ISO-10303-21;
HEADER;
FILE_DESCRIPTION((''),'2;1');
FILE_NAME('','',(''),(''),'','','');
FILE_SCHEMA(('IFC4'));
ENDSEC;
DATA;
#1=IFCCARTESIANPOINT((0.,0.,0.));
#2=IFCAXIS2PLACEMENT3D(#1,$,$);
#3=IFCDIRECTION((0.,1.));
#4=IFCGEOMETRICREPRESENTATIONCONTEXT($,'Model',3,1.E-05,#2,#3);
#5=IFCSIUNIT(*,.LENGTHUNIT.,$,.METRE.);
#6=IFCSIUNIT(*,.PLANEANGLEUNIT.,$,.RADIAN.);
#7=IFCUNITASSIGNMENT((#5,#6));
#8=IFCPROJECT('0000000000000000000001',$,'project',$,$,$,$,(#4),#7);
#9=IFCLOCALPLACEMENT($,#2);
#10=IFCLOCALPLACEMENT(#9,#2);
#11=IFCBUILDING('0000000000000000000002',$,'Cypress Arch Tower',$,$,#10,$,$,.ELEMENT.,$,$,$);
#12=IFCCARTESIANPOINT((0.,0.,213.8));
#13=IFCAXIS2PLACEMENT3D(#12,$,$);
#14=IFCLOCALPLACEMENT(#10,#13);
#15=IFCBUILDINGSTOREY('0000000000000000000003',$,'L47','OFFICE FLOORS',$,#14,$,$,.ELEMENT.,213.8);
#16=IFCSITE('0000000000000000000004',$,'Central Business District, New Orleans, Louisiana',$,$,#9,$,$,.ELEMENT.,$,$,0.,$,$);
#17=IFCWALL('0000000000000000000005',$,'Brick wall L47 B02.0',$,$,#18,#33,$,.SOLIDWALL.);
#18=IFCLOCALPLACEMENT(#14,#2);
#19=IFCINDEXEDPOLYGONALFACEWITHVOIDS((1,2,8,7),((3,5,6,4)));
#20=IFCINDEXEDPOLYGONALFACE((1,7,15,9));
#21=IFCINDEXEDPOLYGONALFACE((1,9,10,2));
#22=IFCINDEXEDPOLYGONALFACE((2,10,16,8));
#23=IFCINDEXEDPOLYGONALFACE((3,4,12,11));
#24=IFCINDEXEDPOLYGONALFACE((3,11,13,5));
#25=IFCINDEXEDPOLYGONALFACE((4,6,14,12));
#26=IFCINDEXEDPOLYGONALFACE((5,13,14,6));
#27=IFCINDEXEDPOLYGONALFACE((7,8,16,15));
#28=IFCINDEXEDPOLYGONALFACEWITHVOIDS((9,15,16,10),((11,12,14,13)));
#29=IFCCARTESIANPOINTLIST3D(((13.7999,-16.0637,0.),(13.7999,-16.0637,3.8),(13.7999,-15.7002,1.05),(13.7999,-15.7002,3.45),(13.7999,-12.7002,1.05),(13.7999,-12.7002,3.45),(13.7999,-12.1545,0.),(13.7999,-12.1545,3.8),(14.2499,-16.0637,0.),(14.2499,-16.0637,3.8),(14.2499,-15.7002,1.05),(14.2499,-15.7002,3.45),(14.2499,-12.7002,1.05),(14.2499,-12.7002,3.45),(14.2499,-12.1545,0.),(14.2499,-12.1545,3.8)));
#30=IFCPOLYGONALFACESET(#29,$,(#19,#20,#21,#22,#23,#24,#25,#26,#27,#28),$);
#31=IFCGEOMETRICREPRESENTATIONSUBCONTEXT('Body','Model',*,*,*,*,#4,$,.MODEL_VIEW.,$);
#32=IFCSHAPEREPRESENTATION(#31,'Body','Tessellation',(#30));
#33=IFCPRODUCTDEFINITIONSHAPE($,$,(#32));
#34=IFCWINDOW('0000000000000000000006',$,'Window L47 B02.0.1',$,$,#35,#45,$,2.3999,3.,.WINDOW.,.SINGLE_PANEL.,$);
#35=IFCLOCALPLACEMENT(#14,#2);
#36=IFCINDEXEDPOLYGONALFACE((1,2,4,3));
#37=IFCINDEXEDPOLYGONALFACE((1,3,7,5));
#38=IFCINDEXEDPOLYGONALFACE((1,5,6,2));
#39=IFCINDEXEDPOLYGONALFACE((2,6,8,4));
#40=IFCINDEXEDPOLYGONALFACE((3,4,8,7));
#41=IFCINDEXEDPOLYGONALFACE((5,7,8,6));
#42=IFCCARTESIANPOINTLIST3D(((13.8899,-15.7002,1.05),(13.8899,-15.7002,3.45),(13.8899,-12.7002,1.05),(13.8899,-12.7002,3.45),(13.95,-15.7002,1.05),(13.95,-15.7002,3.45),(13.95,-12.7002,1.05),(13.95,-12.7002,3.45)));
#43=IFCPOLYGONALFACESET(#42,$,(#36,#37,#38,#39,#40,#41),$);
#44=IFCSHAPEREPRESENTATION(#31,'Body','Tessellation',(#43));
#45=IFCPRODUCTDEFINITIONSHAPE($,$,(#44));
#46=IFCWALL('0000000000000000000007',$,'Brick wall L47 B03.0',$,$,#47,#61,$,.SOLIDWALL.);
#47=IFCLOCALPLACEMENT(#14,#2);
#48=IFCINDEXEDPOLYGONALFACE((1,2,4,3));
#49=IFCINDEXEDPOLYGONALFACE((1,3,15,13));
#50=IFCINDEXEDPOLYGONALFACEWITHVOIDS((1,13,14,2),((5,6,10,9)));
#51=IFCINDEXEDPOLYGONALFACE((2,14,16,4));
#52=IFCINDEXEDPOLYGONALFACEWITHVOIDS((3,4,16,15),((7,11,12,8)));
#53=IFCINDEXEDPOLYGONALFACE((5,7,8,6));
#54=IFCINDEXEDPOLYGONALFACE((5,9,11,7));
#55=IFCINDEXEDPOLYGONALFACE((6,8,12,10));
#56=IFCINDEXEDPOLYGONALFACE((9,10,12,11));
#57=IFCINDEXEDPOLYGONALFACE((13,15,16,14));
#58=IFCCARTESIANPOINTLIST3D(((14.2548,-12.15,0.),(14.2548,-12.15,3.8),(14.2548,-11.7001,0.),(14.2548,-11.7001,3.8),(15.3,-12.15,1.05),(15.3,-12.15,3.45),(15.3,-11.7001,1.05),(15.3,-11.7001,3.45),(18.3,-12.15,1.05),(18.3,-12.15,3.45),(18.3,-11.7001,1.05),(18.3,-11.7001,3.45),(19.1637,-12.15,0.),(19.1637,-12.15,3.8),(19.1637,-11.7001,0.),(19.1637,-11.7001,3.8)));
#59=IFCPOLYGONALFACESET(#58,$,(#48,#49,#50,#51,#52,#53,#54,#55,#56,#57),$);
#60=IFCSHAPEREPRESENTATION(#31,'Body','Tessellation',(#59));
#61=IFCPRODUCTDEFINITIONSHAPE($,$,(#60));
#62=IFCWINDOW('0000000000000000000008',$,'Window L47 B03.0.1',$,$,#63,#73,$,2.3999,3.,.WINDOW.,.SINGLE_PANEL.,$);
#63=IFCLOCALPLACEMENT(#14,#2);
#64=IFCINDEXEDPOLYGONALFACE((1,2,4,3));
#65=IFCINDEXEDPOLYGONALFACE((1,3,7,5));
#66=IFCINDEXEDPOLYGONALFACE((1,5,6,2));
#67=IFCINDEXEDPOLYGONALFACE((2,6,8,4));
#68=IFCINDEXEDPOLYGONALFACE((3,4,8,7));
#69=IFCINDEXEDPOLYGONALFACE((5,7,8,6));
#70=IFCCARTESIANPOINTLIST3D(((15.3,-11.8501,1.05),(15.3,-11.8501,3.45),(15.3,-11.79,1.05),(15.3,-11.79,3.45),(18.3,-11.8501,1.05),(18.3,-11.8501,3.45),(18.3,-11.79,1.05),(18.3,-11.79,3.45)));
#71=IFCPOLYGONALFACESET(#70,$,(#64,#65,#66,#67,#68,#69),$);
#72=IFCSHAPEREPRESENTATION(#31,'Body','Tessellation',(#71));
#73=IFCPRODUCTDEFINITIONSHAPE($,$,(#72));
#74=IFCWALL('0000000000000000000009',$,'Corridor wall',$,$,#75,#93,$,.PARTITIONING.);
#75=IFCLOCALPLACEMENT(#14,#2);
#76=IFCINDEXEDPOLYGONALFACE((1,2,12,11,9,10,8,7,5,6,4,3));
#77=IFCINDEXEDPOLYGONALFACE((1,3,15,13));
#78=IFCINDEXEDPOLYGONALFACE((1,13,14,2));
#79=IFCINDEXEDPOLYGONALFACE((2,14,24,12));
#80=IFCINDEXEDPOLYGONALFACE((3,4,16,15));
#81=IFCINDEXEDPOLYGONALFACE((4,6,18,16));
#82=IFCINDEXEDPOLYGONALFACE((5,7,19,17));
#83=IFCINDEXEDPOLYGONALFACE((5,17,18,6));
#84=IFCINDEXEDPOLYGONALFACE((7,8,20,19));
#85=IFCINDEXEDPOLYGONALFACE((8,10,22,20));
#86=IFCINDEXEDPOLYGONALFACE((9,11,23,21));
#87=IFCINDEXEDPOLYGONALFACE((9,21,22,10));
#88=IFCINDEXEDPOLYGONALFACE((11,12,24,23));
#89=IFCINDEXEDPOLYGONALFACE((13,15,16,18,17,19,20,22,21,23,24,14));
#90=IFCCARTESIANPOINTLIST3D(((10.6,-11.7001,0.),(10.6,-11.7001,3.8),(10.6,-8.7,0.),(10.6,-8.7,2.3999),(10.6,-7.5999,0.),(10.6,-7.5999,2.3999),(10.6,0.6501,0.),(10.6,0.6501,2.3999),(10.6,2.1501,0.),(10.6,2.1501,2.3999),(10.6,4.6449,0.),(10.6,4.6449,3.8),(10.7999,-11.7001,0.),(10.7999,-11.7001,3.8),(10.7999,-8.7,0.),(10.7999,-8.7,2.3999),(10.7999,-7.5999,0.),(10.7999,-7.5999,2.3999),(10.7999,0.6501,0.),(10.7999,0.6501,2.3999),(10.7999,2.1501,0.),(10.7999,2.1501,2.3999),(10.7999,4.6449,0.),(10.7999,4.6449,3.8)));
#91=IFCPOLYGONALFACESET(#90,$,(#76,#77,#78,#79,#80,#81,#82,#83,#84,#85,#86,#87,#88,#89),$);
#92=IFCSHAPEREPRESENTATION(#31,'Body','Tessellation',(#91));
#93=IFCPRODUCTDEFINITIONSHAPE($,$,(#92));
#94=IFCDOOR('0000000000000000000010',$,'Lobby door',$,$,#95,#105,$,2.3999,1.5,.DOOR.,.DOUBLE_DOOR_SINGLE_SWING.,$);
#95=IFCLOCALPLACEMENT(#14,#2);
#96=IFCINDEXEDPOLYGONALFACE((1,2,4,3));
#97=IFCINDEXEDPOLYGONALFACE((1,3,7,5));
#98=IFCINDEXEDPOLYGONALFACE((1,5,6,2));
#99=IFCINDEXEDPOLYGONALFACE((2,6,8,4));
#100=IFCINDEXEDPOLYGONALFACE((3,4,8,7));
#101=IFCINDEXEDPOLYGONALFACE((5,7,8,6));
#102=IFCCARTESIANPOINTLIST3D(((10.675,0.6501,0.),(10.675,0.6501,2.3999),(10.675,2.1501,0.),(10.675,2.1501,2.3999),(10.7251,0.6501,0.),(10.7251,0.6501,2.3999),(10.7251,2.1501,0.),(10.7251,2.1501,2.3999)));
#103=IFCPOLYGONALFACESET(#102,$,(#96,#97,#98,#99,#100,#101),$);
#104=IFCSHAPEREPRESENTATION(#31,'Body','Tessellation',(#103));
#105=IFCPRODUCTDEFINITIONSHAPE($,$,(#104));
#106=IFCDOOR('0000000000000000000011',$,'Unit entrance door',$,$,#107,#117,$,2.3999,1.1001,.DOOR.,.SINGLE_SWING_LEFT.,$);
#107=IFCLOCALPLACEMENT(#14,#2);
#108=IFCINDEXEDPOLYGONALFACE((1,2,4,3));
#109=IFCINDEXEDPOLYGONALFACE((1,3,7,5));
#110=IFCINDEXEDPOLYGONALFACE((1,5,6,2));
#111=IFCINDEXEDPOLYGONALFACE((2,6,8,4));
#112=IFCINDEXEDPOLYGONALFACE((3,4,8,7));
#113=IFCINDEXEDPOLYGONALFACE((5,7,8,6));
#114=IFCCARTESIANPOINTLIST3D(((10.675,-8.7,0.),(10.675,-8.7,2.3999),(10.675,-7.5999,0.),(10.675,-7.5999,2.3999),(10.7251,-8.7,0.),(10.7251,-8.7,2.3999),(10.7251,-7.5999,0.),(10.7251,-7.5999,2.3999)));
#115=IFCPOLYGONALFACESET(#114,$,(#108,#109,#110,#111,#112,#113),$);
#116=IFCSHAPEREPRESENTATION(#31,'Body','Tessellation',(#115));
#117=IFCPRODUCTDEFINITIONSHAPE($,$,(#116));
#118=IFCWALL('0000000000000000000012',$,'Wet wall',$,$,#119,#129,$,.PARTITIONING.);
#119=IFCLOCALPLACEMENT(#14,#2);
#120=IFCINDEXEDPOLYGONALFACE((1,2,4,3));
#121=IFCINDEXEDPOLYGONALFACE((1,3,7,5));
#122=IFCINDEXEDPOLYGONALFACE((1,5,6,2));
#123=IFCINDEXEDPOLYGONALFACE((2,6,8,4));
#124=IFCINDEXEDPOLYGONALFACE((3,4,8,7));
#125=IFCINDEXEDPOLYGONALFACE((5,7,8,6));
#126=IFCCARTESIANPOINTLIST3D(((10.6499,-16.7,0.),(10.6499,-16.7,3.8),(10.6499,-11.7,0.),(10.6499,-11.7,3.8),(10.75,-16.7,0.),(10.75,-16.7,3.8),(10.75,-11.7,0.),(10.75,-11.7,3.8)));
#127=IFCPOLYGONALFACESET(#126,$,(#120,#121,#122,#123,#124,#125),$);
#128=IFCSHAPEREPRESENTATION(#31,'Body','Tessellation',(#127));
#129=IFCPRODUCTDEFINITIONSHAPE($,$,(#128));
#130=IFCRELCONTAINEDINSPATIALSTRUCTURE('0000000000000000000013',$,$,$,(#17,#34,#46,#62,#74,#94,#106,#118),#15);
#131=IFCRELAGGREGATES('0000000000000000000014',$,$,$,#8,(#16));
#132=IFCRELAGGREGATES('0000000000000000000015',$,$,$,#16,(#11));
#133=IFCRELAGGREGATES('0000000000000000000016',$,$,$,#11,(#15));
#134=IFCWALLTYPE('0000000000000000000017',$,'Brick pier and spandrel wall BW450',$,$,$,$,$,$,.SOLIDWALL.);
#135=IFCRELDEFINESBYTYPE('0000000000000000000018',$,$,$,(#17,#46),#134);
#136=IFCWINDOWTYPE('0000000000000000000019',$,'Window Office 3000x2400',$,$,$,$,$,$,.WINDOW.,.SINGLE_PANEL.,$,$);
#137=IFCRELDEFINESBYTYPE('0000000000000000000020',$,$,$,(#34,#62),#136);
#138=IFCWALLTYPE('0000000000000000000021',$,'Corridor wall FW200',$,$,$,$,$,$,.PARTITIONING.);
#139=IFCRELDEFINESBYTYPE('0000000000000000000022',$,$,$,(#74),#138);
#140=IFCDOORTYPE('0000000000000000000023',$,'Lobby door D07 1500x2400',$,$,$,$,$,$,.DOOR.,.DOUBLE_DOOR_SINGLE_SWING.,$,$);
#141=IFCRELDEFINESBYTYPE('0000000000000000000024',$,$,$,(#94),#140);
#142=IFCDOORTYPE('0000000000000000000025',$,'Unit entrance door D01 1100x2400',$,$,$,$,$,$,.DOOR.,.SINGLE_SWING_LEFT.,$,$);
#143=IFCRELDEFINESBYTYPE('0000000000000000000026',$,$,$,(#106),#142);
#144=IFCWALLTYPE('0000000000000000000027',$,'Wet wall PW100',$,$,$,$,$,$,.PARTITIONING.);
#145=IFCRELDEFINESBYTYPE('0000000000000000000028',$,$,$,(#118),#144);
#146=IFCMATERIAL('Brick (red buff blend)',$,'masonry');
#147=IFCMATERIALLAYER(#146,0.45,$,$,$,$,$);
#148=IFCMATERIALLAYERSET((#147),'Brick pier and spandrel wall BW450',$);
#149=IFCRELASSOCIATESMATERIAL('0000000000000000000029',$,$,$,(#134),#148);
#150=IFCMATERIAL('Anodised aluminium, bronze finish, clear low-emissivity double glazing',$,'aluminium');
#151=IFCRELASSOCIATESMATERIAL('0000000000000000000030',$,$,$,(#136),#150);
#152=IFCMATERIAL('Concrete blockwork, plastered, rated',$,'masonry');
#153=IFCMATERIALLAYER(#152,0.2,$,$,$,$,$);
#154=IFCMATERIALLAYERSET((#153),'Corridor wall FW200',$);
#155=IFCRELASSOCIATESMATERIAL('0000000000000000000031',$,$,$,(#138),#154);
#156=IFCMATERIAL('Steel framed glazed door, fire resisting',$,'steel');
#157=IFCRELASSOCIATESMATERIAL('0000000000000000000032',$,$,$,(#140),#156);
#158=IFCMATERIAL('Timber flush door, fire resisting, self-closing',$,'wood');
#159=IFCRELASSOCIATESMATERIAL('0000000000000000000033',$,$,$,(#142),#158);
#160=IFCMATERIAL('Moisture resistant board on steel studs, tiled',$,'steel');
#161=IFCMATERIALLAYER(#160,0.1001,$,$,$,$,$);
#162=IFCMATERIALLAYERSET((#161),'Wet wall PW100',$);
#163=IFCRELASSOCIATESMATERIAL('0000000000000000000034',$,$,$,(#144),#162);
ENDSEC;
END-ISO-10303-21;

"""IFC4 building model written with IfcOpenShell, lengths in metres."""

from ifc_helpers import new_model, si_unit, direction, frame, frame_2d, origin, place, context, subcontext, project, spatial, rectangle, extrude, material, layer, layer_set, type_object, element, fill, save


model = new_model("IFC4")

# Units and contexts
model_context = context("Model", 3, precision=1e-05, world=origin(), true_north=direction((0.0, 1.0)))
body_context = subcontext(model_context, "Body", "Model", "MODEL_VIEW")
ifc_project = project(units=[si_unit("LENGTHUNIT", "METRE"), si_unit("PLANEANGLEUNIT", "RADIAN")], contexts=[model_context])

# Site, building, storey
site_placement = place(None, origin())
site = spatial("IfcSite", under=ifc_project, at=site_placement, Name="Central Business District, New Orleans, Louisiana", CompositionType="ELEMENT", RefElevation=0.0)
building_placement = place(site_placement, origin())
building = spatial("IfcBuilding", under=site, at=building_placement, Name="Cypress Arch Tower", CompositionType="ELEMENT")
storey_placement = place(building_placement, frame((0.0, 0.0, 213.8)))
storey = spatial("IfcBuildingStorey", under=building, at=storey_placement, Name="L47", Description="OFFICE FLOORS", CompositionType="ELEMENT", Elevation=213.8)

# Walls, openings, windows
ifc_material_1 = material(Name="Brick (red buff blend)", Category="masonry")
ifc_layer_1 = layer(ifc_material_1, 0.45)
ifc_layer_set_1 = layer_set([ifc_layer_1], Name="Brick pier and spandrel wall BW450")
wall_type_1 = type_object("IfcWallType", Name="Brick pier and spandrel wall BW450", PredefinedType="SOLIDWALL", material=ifc_layer_set_1)
wall_1_placement = place(storey_placement, frame((14.0249, -16.0637, 0.0), z_axis=(0.0, 0.0, 1.0), x_axis=(0.0, 1.0, 0.0)))
wall_1 = element("IfcWall", 1, at=wall_1_placement, inside=storey, type_object=wall_type_1, Name="Brick wall L47 B02.0", PredefinedType="SOLIDWALL", context=body_context, shape_type="SweptSolid", body=[
    extrude(rectangle(XDim=3.9092, YDim=0.45, at=frame_2d((1.9546, 0.0))), origin(), (0.0, 0.0, 1.0), 3.8),
])
opening_1_placement = place(wall_1_placement, frame((0.3635, 0.0, 1.05)))
opening_1 = element("IfcOpeningElement", 2, at=opening_1_placement, cuts=wall_1, PredefinedType="OPENING", context=body_context, shape_type="SweptSolid", body=[
    extrude(rectangle(XDim=3.0, YDim=2.3999, at=frame_2d((1.5, 1.2))), frame((0.0, 0.2349, 0.0), z_axis=(0.0, -1.0, 0.0), x_axis=(1.0, 0.0, 0.0)), (0.0, 0.0, 1.0), 0.47),
])
ifc_material_2 = material(Name="Anodised aluminium, bronze finish, clear low-emissivity double glazing", Category="aluminium")
window_type = type_object("IfcWindowType", Name="Window Office 3000x2400", PartitioningType="SINGLE_PANEL", PredefinedType="WINDOW", material=ifc_material_2)
window_1_placement = place(opening_1_placement, origin())
window_1 = element("IfcWindow", 3, at=window_1_placement, inside=storey, type_object=window_type, Name="Window L47 B02.0.1", OverallHeight=2.3999, OverallWidth=3.0, PartitioningType="SINGLE_PANEL", PredefinedType="WINDOW", context=body_context, shape_type="SweptSolid", body=[
    extrude(rectangle(XDim=3.0, YDim=2.3999, at=frame_2d((1.5, 1.2))), frame((0.0, 0.135, 0.0), z_axis=(0.0, -1.0, 0.0), x_axis=(1.0, 0.0, 0.0)), (0.0, 0.0, 1.0), 0.0601),
])
fill(opening_1, window_1)
wall_2_placement = place(storey_placement, frame((14.2546, -11.925, 0.0), z_axis=(0.0, 0.0, 1.0), x_axis=(1.0, 0.0, 0.0)))
wall_2 = element("IfcWall", 4, at=wall_2_placement, inside=storey, type_object=wall_type_1, Name="Brick wall L47 B03.0", PredefinedType="SOLIDWALL", context=body_context, shape_type="SweptSolid", body=[
    extrude(rectangle(XDim=4.9089, YDim=0.45, at=frame_2d((2.4546, 0.0))), origin(), (0.0, 0.0, 1.0), 3.8),
])
opening_2_placement = place(wall_2_placement, frame((1.0454, 0.0, 1.05)))
opening_2 = element("IfcOpeningElement", 5, at=opening_2_placement, cuts=wall_2, PredefinedType="OPENING", context=body_context, shape_type="SweptSolid", body=[
    extrude(rectangle(XDim=3.0, YDim=2.3999, at=frame_2d((1.5, 1.2))), frame((0.0, 0.2349, 0.0), z_axis=(0.0, -1.0, 0.0), x_axis=(1.0, 0.0, 0.0)), (0.0, 0.0, 1.0), 0.47),
])
window_2_placement = place(opening_2_placement, origin())
window_2 = element("IfcWindow", 6, at=window_2_placement, inside=storey, type_object=window_type, Name="Window L47 B03.0.1", OverallHeight=2.3999, OverallWidth=3.0, PartitioningType="SINGLE_PANEL", PredefinedType="WINDOW", context=body_context, shape_type="SweptSolid", body=[
    extrude(rectangle(XDim=3.0, YDim=2.3999, at=frame_2d((1.5, 1.2))), frame((0.0, 0.135, 0.0), z_axis=(0.0, -1.0, 0.0), x_axis=(1.0, 0.0, 0.0)), (0.0, 0.0, 1.0), 0.0601),
])
fill(opening_2, window_2)

# Wall, openings, doors
ifc_material_3 = material(Name="Concrete blockwork, plastered, rated", Category="masonry")
ifc_layer_2 = layer(ifc_material_3, 0.2)
ifc_layer_set_2 = layer_set([ifc_layer_2], Name="Corridor wall FW200")
wall_type_2 = type_object("IfcWallType", Name="Corridor wall FW200", PredefinedType="PARTITIONING", material=ifc_layer_set_2)
wall_3_placement = place(storey_placement, frame((10.7, -11.7, 0.0), z_axis=(0.0, 0.0, 1.0), x_axis=(0.0, 1.0, 0.0)))
wall_3 = element("IfcWall", 7, at=wall_3_placement, inside=storey, type_object=wall_type_2, Name="Corridor wall", PredefinedType="PARTITIONING", context=body_context, shape_type="SweptSolid", body=[
    extrude(rectangle(XDim=16.345, YDim=0.2, at=frame_2d((8.1724, 0.0))), origin(), (0.0, 0.0, 1.0), 3.8),
])
opening_3_placement = place(wall_3_placement, frame((12.3501, 0.0, 0.0)))
opening_3 = element("IfcOpeningElement", 8, at=opening_3_placement, cuts=wall_3, PredefinedType="OPENING", context=body_context, shape_type="SweptSolid", body=[
    extrude(rectangle(XDim=1.5, YDim=2.3999, at=frame_2d((0.75, 1.2))), frame((0.0, 0.1099, 0.0), z_axis=(0.0, -1.0, 0.0), x_axis=(1.0, 0.0, 0.0)), (0.0, 0.0, 1.0), 0.22),
])
opening_4_placement = place(wall_3_placement, frame((3.0, 0.0, 0.0)))
opening_4 = element("IfcOpeningElement", 9, at=opening_4_placement, cuts=wall_3, PredefinedType="OPENING", context=body_context, shape_type="SweptSolid", body=[
    extrude(rectangle(XDim=1.1001, YDim=2.3999, at=frame_2d((0.55, 1.2))), frame((0.0, 0.1099, 0.0), z_axis=(0.0, -1.0, 0.0), x_axis=(1.0, 0.0, 0.0)), (0.0, 0.0, 1.0), 0.22),
])
ifc_material_4 = material(Name="Steel framed glazed door, fire resisting", Category="steel")
door_type_1 = type_object("IfcDoorType", Name="Lobby door D07 1500x2400", OperationType="DOUBLE_DOOR_SINGLE_SWING", PredefinedType="DOOR", material=ifc_material_4)
door_1_placement = place(opening_3_placement, origin())
door_1 = element("IfcDoor", 10, at=door_1_placement, inside=storey, type_object=door_type_1, Name="Lobby door", OperationType="DOUBLE_DOOR_SINGLE_SWING", OverallHeight=2.3999, OverallWidth=1.5, PredefinedType="DOOR", context=body_context, shape_type="SweptSolid", body=[
    extrude(rectangle(XDim=1.5, YDim=2.3999, at=frame_2d((0.75, 1.2))), frame((0.0, 0.0249, 0.0), z_axis=(0.0, -1.0, 0.0), x_axis=(1.0, 0.0, 0.0)), (0.0, 0.0, 1.0), 0.05),
])
fill(opening_3, door_1)
ifc_material_5 = material(Name="Timber flush door, fire resisting, self-closing", Category="wood")
door_type_2 = type_object("IfcDoorType", Name="Unit entrance door D01 1100x2400", OperationType="SINGLE_SWING_LEFT", PredefinedType="DOOR", material=ifc_material_5)
door_2_placement = place(opening_4_placement, origin())
door_2 = element("IfcDoor", 11, at=door_2_placement, inside=storey, type_object=door_type_2, Name="Unit entrance door", OperationType="SINGLE_SWING_LEFT", OverallHeight=2.3999, OverallWidth=1.1001, PredefinedType="DOOR", context=body_context, shape_type="SweptSolid", body=[
    extrude(rectangle(XDim=1.1001, YDim=2.3999, at=frame_2d((0.55, 1.2))), frame((0.0, 0.0249, 0.0), z_axis=(0.0, -1.0, 0.0), x_axis=(1.0, 0.0, 0.0)), (0.0, 0.0, 1.0), 0.05),
])
fill(opening_4, door_2)

# Wall
ifc_material_6 = material(Name="Moisture resistant board on steel studs, tiled", Category="steel")
ifc_layer_3 = layer(ifc_material_6, 0.1001)
ifc_layer_set_3 = layer_set([ifc_layer_3], Name="Wet wall PW100")
wall_type_3 = type_object("IfcWallType", Name="Wet wall PW100", PredefinedType="PARTITIONING", material=ifc_layer_set_3)
wall_4_placement = place(storey_placement, frame((10.7, -16.7, 0.0), z_axis=(0.0, 0.0, 1.0), x_axis=(0.0, 1.0, 0.0)))
element("IfcWall", 12, at=wall_4_placement, inside=storey, type_object=wall_type_3, Name="Wet wall", PredefinedType="PARTITIONING", context=body_context, shape_type="SweptSolid", body=[
    extrude(rectangle(XDim=5.0, YDim=0.1001, at=frame_2d((2.5, 0.0))), origin(), (0.0, 0.0, 1.0), 3.8),
])

save(model, "model.ifc")
